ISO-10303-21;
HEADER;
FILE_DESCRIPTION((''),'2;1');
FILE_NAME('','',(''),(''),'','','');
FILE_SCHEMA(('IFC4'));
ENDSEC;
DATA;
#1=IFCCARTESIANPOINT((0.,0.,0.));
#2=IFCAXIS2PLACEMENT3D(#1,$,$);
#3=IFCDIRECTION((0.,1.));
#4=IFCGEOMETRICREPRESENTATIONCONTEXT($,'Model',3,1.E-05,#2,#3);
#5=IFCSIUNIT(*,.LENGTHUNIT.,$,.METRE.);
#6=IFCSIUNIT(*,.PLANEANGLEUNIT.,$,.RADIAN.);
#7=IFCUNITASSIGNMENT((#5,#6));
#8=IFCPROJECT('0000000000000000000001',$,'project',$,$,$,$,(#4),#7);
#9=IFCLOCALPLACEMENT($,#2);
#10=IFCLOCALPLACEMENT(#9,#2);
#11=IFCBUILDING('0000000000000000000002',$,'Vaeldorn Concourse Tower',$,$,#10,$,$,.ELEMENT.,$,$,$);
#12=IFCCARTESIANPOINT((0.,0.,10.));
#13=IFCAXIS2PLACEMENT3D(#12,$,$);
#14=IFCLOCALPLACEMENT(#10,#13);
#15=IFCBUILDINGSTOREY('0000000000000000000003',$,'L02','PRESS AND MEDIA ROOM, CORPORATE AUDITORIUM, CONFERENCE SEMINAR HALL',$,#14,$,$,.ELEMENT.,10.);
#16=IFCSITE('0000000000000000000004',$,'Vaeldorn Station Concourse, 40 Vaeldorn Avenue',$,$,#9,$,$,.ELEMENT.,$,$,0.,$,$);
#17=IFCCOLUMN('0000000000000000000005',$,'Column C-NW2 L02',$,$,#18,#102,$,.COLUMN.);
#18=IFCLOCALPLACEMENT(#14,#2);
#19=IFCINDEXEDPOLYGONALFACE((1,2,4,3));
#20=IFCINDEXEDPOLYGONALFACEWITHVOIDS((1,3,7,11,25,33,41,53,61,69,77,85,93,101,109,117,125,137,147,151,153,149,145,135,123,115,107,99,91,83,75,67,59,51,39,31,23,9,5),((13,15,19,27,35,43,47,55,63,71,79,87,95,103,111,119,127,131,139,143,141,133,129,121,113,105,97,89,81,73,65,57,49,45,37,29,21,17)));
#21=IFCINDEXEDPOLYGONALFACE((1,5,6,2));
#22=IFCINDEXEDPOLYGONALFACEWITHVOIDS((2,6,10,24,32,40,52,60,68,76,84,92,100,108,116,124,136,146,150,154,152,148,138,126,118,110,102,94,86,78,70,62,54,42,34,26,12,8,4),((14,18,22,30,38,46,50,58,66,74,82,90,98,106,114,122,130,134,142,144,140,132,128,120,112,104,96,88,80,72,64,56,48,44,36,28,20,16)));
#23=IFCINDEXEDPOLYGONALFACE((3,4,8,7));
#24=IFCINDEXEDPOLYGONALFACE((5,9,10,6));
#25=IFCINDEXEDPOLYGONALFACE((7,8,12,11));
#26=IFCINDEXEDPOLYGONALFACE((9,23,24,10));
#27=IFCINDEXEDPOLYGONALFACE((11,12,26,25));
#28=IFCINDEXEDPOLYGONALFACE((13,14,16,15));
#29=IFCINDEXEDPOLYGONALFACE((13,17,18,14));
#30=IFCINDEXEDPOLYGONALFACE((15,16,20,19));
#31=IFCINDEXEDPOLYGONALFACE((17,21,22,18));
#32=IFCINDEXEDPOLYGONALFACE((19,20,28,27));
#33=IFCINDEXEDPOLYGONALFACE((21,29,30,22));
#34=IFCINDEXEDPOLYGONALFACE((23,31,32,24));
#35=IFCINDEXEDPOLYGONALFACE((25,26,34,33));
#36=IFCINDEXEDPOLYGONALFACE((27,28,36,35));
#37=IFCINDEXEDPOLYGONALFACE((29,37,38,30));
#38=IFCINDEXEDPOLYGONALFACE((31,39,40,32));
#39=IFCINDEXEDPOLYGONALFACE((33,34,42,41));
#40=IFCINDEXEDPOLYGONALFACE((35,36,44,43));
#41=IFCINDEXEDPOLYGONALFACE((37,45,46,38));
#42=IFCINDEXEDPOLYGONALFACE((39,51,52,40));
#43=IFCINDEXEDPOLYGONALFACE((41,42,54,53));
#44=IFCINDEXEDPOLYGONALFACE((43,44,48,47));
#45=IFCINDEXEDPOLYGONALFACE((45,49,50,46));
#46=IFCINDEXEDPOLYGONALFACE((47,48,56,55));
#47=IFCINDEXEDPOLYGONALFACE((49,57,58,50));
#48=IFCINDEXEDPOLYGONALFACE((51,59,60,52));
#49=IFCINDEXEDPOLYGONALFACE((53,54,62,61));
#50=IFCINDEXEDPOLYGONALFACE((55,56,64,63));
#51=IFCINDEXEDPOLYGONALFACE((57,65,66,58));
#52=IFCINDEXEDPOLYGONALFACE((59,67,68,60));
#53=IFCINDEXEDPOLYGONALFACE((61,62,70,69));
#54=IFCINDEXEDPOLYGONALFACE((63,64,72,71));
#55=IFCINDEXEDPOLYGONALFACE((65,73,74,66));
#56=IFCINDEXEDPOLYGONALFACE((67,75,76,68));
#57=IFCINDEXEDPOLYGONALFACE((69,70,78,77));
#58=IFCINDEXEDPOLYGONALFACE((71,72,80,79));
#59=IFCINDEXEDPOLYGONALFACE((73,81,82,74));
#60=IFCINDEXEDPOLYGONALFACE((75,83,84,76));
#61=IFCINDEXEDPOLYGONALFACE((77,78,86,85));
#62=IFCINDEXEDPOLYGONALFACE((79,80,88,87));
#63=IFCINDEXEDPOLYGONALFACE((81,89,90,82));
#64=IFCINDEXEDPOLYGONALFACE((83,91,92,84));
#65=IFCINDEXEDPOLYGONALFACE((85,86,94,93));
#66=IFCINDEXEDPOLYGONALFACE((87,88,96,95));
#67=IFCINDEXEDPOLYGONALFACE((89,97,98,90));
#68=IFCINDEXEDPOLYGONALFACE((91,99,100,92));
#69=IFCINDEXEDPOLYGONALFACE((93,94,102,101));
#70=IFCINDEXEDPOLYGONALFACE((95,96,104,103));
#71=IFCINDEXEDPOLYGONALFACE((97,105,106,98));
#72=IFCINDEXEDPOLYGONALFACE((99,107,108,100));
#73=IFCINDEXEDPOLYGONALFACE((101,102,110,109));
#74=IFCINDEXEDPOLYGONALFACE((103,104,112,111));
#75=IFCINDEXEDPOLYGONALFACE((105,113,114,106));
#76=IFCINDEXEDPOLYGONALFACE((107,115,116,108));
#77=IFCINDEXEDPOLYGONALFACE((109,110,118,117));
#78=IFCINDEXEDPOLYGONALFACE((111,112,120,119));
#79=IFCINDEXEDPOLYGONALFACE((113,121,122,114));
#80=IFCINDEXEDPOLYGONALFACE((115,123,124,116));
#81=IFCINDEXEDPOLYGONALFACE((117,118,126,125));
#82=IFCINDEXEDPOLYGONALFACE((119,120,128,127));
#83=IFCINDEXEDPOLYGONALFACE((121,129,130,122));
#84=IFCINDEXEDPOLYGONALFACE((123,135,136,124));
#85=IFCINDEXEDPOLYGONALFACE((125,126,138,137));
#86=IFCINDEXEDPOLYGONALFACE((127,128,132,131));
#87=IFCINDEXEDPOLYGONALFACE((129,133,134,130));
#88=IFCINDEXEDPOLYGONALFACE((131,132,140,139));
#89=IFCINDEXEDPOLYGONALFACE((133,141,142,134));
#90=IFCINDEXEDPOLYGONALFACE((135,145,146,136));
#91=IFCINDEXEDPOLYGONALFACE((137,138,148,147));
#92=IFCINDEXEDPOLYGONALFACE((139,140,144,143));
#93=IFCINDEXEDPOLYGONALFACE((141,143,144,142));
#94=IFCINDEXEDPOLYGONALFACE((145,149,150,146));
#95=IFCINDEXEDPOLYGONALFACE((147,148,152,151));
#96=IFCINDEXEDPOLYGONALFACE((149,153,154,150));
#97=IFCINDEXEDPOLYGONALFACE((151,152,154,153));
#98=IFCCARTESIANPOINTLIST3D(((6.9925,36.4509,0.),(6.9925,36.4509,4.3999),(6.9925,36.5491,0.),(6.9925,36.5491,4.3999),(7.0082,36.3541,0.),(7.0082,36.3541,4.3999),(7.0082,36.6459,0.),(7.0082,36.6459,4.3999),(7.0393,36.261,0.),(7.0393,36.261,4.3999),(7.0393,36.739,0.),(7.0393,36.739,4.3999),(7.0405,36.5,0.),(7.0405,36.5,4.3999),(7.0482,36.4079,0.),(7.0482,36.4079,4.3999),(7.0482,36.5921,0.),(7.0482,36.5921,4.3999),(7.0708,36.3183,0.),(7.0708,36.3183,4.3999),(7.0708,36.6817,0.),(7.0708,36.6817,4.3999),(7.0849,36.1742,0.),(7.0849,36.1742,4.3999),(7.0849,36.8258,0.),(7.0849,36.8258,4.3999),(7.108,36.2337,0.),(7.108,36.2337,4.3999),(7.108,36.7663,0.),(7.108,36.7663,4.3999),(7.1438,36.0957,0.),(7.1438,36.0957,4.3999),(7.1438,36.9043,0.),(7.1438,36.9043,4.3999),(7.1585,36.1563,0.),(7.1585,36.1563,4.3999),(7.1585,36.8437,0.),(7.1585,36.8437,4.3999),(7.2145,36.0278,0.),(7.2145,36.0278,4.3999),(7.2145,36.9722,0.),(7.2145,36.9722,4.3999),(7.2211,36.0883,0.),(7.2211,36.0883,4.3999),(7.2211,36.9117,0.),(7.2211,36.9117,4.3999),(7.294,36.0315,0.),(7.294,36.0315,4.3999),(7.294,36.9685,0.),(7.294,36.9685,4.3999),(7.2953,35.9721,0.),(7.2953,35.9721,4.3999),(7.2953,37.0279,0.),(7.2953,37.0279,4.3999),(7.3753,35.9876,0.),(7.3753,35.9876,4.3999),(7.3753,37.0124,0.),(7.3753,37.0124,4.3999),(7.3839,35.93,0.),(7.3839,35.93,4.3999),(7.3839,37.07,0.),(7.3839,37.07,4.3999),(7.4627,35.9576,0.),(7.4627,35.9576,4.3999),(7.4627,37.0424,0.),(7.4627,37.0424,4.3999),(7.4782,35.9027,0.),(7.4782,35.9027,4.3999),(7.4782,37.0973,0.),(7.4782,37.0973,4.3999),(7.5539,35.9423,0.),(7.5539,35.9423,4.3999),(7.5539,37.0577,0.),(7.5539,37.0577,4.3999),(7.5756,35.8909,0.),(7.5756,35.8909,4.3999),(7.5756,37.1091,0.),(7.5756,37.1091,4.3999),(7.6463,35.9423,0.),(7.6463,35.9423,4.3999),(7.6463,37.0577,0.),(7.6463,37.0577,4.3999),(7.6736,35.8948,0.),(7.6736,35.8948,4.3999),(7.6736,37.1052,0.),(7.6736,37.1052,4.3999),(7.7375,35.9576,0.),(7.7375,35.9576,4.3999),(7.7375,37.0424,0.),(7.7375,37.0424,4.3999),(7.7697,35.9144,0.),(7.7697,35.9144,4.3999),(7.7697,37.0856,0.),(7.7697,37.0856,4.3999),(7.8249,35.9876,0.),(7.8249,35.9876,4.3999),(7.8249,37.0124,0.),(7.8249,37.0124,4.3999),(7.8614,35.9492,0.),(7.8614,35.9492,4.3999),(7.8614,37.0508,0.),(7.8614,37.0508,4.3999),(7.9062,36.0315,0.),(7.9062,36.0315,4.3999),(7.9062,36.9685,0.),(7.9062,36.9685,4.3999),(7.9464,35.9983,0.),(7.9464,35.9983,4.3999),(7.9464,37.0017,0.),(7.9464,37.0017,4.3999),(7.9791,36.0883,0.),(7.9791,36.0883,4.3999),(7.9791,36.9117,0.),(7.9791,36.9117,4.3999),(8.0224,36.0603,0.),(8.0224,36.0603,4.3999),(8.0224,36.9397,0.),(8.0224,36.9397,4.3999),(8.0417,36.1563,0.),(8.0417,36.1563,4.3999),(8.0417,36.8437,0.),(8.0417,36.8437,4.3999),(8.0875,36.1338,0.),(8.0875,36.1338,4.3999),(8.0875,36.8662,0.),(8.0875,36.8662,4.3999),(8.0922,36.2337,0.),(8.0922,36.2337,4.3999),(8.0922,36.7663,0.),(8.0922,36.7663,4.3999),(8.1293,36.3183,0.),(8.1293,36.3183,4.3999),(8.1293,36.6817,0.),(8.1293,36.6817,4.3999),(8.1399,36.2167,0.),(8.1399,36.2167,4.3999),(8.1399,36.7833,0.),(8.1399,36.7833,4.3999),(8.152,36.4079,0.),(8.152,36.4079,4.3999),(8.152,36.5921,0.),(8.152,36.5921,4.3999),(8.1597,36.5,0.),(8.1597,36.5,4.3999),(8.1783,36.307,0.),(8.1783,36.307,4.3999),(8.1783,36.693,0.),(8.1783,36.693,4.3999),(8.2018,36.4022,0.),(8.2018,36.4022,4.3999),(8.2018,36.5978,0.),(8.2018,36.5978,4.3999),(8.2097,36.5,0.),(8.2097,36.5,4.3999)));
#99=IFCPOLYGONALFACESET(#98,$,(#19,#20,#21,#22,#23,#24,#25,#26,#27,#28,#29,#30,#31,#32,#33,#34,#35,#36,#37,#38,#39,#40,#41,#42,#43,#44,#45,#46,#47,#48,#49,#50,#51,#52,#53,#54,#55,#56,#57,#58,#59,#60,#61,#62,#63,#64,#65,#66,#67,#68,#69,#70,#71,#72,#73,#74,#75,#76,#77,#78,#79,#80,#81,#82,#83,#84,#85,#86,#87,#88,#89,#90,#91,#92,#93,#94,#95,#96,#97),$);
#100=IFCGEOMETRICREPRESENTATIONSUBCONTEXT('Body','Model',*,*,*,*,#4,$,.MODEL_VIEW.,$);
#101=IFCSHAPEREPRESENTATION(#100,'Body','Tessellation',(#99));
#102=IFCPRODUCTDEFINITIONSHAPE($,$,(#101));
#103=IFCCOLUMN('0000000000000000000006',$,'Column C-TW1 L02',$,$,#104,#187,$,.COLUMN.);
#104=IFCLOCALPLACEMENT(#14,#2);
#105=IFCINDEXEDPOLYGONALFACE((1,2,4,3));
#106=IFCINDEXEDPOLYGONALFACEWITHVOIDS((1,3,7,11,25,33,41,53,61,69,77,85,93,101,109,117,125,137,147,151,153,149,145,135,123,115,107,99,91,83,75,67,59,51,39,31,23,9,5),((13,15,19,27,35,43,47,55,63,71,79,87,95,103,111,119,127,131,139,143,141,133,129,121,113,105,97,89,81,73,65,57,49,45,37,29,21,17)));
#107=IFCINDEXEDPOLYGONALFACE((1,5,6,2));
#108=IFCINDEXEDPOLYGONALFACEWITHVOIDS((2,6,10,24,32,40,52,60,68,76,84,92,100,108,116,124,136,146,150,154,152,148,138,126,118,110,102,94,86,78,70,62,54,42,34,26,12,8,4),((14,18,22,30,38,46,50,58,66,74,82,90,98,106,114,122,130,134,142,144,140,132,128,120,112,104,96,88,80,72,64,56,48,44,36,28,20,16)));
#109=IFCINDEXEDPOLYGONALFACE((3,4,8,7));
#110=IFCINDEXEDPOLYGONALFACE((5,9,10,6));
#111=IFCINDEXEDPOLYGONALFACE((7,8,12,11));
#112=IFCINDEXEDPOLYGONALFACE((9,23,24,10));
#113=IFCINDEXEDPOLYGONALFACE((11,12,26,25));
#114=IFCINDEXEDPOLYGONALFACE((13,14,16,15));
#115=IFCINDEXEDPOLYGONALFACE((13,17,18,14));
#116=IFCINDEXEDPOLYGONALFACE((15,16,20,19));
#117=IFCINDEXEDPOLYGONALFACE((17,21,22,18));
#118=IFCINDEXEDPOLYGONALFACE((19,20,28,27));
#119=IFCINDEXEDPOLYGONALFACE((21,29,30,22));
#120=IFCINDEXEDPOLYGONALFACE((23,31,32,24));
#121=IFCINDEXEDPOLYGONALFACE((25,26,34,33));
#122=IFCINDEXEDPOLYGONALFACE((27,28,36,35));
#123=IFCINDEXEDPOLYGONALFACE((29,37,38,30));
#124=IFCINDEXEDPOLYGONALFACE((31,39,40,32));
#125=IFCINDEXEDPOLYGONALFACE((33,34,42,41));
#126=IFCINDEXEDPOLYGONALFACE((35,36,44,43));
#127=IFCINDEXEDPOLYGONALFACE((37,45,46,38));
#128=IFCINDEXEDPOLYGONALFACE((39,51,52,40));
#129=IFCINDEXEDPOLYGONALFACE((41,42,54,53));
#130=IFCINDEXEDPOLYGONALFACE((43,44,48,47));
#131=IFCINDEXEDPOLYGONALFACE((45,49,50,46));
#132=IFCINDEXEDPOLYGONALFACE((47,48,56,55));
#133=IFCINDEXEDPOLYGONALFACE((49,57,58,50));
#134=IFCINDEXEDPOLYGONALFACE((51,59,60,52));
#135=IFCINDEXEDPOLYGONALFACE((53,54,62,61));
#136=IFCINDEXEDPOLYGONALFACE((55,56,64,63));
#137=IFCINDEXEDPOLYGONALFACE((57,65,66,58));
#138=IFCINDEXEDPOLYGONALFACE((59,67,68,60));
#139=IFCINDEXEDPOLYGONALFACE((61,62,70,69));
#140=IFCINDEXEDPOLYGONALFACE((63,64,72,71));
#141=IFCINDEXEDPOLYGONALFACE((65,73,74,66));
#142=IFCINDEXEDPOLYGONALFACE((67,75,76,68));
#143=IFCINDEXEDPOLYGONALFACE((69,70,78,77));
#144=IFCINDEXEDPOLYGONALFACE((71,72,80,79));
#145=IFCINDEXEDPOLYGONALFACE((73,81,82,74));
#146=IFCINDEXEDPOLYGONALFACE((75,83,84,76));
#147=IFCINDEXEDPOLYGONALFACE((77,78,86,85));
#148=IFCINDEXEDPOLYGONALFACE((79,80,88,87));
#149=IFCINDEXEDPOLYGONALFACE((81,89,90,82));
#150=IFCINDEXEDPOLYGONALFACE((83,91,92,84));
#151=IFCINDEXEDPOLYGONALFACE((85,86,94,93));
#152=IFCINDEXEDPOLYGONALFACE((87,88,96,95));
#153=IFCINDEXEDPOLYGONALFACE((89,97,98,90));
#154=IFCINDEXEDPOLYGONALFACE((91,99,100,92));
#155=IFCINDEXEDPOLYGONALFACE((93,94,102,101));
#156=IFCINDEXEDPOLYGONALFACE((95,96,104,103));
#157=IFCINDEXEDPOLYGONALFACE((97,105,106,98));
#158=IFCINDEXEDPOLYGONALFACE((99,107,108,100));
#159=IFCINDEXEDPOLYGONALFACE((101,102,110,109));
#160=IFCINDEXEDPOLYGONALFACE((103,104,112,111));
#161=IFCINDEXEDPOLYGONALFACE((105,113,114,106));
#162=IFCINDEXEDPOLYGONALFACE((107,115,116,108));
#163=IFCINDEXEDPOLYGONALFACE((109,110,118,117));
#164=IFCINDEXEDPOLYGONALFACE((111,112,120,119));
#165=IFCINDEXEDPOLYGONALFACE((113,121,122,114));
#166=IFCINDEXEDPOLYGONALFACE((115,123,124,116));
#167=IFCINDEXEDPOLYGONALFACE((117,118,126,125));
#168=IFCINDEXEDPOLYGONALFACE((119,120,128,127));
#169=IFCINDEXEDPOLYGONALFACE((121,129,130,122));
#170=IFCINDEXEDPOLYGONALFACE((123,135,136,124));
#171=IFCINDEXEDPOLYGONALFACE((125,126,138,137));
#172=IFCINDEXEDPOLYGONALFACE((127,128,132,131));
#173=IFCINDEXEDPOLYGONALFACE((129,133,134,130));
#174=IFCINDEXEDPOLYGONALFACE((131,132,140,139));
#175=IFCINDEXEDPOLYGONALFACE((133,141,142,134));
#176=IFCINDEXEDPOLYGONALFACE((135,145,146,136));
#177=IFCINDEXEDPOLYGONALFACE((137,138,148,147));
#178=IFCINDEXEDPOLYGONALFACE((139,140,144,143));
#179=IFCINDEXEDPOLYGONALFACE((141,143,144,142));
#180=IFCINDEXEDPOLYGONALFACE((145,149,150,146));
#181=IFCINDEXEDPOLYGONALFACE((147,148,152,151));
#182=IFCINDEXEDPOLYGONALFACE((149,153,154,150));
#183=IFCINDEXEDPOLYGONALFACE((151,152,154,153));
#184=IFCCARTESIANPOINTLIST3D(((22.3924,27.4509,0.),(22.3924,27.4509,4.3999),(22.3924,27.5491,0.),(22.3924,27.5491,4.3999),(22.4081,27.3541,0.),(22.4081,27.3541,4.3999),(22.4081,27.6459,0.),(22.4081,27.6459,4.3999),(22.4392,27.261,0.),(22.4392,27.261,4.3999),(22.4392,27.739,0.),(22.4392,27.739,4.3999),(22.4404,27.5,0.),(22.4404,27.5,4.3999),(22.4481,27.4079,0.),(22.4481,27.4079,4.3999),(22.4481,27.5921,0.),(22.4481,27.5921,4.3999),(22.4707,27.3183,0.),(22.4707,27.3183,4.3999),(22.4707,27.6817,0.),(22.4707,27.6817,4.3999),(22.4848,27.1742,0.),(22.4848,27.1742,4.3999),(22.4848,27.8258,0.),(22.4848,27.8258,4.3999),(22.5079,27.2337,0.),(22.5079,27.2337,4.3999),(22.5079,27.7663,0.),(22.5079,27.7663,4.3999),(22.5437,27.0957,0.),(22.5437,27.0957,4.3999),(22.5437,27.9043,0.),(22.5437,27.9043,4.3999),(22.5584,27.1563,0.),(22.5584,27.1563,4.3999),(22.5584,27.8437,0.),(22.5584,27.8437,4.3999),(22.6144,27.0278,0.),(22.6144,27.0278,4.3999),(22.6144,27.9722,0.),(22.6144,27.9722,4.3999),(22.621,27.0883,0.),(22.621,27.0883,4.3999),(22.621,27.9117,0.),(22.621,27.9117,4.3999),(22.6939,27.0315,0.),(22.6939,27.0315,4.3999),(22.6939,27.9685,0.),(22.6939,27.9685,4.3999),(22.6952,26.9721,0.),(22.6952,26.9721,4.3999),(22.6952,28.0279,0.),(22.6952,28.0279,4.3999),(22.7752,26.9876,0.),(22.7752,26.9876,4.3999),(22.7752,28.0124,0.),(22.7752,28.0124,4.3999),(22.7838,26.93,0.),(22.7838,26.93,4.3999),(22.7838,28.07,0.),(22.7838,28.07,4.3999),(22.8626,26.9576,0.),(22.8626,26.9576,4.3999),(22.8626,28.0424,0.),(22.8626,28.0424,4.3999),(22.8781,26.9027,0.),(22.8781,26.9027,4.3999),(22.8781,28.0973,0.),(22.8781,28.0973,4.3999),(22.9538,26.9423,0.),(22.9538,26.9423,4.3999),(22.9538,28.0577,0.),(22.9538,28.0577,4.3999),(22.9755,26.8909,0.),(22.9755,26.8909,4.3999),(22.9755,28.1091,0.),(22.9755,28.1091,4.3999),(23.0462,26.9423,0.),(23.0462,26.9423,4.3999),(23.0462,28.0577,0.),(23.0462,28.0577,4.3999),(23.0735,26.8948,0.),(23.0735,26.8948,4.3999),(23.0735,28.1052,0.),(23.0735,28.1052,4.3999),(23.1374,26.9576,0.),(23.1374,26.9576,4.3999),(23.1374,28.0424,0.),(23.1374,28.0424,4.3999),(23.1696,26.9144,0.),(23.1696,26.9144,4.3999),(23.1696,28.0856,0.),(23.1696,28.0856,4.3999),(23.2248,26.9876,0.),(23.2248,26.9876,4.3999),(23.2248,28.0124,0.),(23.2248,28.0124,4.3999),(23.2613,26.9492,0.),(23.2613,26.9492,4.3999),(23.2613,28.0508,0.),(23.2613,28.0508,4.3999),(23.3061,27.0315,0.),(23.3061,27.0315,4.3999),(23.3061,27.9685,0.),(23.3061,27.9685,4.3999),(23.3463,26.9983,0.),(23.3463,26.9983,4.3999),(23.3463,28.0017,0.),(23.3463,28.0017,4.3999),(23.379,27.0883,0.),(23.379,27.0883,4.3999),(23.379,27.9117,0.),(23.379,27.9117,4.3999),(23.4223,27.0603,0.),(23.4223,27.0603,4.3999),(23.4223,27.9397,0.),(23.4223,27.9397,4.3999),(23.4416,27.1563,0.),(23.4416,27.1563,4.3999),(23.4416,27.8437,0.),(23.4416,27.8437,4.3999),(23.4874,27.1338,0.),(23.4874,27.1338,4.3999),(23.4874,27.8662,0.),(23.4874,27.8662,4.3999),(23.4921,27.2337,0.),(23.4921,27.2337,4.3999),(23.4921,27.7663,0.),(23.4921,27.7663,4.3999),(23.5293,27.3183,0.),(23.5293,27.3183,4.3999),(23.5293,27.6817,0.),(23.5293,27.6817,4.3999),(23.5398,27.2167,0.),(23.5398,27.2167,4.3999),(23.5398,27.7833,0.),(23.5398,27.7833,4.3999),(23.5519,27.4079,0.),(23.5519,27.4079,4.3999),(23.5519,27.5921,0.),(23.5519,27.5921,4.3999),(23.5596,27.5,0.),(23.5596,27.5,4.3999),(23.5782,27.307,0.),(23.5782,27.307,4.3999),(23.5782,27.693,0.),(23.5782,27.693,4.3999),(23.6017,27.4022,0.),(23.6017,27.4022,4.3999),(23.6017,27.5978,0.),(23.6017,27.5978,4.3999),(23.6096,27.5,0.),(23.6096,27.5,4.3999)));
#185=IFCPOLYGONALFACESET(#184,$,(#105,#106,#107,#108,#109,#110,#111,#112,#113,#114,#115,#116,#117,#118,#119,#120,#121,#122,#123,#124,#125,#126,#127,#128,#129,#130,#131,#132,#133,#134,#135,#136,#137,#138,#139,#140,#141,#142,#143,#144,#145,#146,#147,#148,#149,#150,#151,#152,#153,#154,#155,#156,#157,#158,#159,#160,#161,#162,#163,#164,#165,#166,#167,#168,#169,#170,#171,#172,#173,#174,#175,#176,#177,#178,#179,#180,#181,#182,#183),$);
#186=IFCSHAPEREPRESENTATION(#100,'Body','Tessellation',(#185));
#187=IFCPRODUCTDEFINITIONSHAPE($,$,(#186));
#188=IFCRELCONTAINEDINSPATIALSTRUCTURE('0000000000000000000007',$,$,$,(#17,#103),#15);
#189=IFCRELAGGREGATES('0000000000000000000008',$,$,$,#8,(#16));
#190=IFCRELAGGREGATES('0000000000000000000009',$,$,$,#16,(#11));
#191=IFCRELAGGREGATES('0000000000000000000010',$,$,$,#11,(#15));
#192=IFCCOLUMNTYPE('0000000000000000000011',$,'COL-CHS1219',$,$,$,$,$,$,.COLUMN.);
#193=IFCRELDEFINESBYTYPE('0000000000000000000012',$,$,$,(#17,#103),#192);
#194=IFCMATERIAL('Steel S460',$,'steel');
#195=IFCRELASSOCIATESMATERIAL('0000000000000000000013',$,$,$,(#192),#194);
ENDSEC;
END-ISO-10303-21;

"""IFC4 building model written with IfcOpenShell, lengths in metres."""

from ifc_helpers import new_model, si_unit, direction, frame, origin, origin_2d, place, context, subcontext, project, spatial, hollow_circle, extrude, source, transform, mapped, material, material_profile, profile_set, type_object, element, save


model = new_model("IFC4")

# Units and contexts
model_context = context("Model", 3, precision=1e-05, world=origin(), true_north=direction((0.0, 1.0)))
body_context = subcontext(model_context, "Body", "Model", "MODEL_VIEW")
ifc_project = project(units=[si_unit("LENGTHUNIT", "METRE"), si_unit("PLANEANGLEUNIT", "RADIAN")], contexts=[model_context])

# Site, building, storey
site_placement = place(None, origin())
site = spatial("IfcSite", under=ifc_project, at=site_placement, Name="Vaeldorn Station Concourse, 40 Vaeldorn Avenue", CompositionType="ELEMENT", RefElevation=0.0)
building_placement = place(site_placement, origin())
building = spatial("IfcBuilding", under=site, at=building_placement, Name="Vaeldorn Concourse Tower", CompositionType="ELEMENT")
storey_placement = place(building_placement, frame((0.0, 0.0, 10.0)))
storey = spatial("IfcBuildingStorey", under=building, at=storey_placement, Name="L02", Description="PRESS AND MEDIA ROOM, CORPORATE AUDITORIUM, CONFERENCE SEMINAR HALL", CompositionType="ELEMENT", Elevation=10.0)

# Columns
ifc_material_1 = material(Name="Steel S460", Category="steel")
ifc_material_profile_1 = material_profile(ifc_material_1, hollow_circle(Radius=0.6096, WallThickness=0.05, at=origin_2d()), Name="CHS 1219x50")
ifc_profile_set_1 = profile_set([ifc_material_profile_1], Name="Steel S460")
column_type_1 = type_object("IfcColumnType", Name="COL-CHS1219", PredefinedType="COLUMN", material=ifc_profile_set_1)
shared_shape_1 = source(origin(), body_context, "Body", "SweptSolid", [
    extrude(hollow_circle(Radius=0.6096, WallThickness=0.05, at=origin_2d()), origin(), (0.0, 0.0, 1.0), 4.3999),
])
for number, where, z_axis, x_axis, name in (
    (1, (7.6001, 36.5, 0.0), (0.0, 0.0, 1.0), (1.0, 0.0, 0.0), "Column C-NW2 L02"),
    (2, (23.0, 27.5, 0.0), (0.0, 0.0, 1.0), (1.0, 0.0, 0.0), "Column C-TW1 L02"),
):
    element("IfcColumn", number, at=place(storey_placement, frame(where, z_axis=z_axis, x_axis=x_axis)), inside=storey, type_object=column_type_1, Name=name, PredefinedType="COLUMN", context=body_context, shape_type="MappedRepresentation", body=[
        mapped(shared_shape_1, transform((0.0, 0.0, 0.0), scale=1.0)),
    ])

save(model, "model.ifc")
